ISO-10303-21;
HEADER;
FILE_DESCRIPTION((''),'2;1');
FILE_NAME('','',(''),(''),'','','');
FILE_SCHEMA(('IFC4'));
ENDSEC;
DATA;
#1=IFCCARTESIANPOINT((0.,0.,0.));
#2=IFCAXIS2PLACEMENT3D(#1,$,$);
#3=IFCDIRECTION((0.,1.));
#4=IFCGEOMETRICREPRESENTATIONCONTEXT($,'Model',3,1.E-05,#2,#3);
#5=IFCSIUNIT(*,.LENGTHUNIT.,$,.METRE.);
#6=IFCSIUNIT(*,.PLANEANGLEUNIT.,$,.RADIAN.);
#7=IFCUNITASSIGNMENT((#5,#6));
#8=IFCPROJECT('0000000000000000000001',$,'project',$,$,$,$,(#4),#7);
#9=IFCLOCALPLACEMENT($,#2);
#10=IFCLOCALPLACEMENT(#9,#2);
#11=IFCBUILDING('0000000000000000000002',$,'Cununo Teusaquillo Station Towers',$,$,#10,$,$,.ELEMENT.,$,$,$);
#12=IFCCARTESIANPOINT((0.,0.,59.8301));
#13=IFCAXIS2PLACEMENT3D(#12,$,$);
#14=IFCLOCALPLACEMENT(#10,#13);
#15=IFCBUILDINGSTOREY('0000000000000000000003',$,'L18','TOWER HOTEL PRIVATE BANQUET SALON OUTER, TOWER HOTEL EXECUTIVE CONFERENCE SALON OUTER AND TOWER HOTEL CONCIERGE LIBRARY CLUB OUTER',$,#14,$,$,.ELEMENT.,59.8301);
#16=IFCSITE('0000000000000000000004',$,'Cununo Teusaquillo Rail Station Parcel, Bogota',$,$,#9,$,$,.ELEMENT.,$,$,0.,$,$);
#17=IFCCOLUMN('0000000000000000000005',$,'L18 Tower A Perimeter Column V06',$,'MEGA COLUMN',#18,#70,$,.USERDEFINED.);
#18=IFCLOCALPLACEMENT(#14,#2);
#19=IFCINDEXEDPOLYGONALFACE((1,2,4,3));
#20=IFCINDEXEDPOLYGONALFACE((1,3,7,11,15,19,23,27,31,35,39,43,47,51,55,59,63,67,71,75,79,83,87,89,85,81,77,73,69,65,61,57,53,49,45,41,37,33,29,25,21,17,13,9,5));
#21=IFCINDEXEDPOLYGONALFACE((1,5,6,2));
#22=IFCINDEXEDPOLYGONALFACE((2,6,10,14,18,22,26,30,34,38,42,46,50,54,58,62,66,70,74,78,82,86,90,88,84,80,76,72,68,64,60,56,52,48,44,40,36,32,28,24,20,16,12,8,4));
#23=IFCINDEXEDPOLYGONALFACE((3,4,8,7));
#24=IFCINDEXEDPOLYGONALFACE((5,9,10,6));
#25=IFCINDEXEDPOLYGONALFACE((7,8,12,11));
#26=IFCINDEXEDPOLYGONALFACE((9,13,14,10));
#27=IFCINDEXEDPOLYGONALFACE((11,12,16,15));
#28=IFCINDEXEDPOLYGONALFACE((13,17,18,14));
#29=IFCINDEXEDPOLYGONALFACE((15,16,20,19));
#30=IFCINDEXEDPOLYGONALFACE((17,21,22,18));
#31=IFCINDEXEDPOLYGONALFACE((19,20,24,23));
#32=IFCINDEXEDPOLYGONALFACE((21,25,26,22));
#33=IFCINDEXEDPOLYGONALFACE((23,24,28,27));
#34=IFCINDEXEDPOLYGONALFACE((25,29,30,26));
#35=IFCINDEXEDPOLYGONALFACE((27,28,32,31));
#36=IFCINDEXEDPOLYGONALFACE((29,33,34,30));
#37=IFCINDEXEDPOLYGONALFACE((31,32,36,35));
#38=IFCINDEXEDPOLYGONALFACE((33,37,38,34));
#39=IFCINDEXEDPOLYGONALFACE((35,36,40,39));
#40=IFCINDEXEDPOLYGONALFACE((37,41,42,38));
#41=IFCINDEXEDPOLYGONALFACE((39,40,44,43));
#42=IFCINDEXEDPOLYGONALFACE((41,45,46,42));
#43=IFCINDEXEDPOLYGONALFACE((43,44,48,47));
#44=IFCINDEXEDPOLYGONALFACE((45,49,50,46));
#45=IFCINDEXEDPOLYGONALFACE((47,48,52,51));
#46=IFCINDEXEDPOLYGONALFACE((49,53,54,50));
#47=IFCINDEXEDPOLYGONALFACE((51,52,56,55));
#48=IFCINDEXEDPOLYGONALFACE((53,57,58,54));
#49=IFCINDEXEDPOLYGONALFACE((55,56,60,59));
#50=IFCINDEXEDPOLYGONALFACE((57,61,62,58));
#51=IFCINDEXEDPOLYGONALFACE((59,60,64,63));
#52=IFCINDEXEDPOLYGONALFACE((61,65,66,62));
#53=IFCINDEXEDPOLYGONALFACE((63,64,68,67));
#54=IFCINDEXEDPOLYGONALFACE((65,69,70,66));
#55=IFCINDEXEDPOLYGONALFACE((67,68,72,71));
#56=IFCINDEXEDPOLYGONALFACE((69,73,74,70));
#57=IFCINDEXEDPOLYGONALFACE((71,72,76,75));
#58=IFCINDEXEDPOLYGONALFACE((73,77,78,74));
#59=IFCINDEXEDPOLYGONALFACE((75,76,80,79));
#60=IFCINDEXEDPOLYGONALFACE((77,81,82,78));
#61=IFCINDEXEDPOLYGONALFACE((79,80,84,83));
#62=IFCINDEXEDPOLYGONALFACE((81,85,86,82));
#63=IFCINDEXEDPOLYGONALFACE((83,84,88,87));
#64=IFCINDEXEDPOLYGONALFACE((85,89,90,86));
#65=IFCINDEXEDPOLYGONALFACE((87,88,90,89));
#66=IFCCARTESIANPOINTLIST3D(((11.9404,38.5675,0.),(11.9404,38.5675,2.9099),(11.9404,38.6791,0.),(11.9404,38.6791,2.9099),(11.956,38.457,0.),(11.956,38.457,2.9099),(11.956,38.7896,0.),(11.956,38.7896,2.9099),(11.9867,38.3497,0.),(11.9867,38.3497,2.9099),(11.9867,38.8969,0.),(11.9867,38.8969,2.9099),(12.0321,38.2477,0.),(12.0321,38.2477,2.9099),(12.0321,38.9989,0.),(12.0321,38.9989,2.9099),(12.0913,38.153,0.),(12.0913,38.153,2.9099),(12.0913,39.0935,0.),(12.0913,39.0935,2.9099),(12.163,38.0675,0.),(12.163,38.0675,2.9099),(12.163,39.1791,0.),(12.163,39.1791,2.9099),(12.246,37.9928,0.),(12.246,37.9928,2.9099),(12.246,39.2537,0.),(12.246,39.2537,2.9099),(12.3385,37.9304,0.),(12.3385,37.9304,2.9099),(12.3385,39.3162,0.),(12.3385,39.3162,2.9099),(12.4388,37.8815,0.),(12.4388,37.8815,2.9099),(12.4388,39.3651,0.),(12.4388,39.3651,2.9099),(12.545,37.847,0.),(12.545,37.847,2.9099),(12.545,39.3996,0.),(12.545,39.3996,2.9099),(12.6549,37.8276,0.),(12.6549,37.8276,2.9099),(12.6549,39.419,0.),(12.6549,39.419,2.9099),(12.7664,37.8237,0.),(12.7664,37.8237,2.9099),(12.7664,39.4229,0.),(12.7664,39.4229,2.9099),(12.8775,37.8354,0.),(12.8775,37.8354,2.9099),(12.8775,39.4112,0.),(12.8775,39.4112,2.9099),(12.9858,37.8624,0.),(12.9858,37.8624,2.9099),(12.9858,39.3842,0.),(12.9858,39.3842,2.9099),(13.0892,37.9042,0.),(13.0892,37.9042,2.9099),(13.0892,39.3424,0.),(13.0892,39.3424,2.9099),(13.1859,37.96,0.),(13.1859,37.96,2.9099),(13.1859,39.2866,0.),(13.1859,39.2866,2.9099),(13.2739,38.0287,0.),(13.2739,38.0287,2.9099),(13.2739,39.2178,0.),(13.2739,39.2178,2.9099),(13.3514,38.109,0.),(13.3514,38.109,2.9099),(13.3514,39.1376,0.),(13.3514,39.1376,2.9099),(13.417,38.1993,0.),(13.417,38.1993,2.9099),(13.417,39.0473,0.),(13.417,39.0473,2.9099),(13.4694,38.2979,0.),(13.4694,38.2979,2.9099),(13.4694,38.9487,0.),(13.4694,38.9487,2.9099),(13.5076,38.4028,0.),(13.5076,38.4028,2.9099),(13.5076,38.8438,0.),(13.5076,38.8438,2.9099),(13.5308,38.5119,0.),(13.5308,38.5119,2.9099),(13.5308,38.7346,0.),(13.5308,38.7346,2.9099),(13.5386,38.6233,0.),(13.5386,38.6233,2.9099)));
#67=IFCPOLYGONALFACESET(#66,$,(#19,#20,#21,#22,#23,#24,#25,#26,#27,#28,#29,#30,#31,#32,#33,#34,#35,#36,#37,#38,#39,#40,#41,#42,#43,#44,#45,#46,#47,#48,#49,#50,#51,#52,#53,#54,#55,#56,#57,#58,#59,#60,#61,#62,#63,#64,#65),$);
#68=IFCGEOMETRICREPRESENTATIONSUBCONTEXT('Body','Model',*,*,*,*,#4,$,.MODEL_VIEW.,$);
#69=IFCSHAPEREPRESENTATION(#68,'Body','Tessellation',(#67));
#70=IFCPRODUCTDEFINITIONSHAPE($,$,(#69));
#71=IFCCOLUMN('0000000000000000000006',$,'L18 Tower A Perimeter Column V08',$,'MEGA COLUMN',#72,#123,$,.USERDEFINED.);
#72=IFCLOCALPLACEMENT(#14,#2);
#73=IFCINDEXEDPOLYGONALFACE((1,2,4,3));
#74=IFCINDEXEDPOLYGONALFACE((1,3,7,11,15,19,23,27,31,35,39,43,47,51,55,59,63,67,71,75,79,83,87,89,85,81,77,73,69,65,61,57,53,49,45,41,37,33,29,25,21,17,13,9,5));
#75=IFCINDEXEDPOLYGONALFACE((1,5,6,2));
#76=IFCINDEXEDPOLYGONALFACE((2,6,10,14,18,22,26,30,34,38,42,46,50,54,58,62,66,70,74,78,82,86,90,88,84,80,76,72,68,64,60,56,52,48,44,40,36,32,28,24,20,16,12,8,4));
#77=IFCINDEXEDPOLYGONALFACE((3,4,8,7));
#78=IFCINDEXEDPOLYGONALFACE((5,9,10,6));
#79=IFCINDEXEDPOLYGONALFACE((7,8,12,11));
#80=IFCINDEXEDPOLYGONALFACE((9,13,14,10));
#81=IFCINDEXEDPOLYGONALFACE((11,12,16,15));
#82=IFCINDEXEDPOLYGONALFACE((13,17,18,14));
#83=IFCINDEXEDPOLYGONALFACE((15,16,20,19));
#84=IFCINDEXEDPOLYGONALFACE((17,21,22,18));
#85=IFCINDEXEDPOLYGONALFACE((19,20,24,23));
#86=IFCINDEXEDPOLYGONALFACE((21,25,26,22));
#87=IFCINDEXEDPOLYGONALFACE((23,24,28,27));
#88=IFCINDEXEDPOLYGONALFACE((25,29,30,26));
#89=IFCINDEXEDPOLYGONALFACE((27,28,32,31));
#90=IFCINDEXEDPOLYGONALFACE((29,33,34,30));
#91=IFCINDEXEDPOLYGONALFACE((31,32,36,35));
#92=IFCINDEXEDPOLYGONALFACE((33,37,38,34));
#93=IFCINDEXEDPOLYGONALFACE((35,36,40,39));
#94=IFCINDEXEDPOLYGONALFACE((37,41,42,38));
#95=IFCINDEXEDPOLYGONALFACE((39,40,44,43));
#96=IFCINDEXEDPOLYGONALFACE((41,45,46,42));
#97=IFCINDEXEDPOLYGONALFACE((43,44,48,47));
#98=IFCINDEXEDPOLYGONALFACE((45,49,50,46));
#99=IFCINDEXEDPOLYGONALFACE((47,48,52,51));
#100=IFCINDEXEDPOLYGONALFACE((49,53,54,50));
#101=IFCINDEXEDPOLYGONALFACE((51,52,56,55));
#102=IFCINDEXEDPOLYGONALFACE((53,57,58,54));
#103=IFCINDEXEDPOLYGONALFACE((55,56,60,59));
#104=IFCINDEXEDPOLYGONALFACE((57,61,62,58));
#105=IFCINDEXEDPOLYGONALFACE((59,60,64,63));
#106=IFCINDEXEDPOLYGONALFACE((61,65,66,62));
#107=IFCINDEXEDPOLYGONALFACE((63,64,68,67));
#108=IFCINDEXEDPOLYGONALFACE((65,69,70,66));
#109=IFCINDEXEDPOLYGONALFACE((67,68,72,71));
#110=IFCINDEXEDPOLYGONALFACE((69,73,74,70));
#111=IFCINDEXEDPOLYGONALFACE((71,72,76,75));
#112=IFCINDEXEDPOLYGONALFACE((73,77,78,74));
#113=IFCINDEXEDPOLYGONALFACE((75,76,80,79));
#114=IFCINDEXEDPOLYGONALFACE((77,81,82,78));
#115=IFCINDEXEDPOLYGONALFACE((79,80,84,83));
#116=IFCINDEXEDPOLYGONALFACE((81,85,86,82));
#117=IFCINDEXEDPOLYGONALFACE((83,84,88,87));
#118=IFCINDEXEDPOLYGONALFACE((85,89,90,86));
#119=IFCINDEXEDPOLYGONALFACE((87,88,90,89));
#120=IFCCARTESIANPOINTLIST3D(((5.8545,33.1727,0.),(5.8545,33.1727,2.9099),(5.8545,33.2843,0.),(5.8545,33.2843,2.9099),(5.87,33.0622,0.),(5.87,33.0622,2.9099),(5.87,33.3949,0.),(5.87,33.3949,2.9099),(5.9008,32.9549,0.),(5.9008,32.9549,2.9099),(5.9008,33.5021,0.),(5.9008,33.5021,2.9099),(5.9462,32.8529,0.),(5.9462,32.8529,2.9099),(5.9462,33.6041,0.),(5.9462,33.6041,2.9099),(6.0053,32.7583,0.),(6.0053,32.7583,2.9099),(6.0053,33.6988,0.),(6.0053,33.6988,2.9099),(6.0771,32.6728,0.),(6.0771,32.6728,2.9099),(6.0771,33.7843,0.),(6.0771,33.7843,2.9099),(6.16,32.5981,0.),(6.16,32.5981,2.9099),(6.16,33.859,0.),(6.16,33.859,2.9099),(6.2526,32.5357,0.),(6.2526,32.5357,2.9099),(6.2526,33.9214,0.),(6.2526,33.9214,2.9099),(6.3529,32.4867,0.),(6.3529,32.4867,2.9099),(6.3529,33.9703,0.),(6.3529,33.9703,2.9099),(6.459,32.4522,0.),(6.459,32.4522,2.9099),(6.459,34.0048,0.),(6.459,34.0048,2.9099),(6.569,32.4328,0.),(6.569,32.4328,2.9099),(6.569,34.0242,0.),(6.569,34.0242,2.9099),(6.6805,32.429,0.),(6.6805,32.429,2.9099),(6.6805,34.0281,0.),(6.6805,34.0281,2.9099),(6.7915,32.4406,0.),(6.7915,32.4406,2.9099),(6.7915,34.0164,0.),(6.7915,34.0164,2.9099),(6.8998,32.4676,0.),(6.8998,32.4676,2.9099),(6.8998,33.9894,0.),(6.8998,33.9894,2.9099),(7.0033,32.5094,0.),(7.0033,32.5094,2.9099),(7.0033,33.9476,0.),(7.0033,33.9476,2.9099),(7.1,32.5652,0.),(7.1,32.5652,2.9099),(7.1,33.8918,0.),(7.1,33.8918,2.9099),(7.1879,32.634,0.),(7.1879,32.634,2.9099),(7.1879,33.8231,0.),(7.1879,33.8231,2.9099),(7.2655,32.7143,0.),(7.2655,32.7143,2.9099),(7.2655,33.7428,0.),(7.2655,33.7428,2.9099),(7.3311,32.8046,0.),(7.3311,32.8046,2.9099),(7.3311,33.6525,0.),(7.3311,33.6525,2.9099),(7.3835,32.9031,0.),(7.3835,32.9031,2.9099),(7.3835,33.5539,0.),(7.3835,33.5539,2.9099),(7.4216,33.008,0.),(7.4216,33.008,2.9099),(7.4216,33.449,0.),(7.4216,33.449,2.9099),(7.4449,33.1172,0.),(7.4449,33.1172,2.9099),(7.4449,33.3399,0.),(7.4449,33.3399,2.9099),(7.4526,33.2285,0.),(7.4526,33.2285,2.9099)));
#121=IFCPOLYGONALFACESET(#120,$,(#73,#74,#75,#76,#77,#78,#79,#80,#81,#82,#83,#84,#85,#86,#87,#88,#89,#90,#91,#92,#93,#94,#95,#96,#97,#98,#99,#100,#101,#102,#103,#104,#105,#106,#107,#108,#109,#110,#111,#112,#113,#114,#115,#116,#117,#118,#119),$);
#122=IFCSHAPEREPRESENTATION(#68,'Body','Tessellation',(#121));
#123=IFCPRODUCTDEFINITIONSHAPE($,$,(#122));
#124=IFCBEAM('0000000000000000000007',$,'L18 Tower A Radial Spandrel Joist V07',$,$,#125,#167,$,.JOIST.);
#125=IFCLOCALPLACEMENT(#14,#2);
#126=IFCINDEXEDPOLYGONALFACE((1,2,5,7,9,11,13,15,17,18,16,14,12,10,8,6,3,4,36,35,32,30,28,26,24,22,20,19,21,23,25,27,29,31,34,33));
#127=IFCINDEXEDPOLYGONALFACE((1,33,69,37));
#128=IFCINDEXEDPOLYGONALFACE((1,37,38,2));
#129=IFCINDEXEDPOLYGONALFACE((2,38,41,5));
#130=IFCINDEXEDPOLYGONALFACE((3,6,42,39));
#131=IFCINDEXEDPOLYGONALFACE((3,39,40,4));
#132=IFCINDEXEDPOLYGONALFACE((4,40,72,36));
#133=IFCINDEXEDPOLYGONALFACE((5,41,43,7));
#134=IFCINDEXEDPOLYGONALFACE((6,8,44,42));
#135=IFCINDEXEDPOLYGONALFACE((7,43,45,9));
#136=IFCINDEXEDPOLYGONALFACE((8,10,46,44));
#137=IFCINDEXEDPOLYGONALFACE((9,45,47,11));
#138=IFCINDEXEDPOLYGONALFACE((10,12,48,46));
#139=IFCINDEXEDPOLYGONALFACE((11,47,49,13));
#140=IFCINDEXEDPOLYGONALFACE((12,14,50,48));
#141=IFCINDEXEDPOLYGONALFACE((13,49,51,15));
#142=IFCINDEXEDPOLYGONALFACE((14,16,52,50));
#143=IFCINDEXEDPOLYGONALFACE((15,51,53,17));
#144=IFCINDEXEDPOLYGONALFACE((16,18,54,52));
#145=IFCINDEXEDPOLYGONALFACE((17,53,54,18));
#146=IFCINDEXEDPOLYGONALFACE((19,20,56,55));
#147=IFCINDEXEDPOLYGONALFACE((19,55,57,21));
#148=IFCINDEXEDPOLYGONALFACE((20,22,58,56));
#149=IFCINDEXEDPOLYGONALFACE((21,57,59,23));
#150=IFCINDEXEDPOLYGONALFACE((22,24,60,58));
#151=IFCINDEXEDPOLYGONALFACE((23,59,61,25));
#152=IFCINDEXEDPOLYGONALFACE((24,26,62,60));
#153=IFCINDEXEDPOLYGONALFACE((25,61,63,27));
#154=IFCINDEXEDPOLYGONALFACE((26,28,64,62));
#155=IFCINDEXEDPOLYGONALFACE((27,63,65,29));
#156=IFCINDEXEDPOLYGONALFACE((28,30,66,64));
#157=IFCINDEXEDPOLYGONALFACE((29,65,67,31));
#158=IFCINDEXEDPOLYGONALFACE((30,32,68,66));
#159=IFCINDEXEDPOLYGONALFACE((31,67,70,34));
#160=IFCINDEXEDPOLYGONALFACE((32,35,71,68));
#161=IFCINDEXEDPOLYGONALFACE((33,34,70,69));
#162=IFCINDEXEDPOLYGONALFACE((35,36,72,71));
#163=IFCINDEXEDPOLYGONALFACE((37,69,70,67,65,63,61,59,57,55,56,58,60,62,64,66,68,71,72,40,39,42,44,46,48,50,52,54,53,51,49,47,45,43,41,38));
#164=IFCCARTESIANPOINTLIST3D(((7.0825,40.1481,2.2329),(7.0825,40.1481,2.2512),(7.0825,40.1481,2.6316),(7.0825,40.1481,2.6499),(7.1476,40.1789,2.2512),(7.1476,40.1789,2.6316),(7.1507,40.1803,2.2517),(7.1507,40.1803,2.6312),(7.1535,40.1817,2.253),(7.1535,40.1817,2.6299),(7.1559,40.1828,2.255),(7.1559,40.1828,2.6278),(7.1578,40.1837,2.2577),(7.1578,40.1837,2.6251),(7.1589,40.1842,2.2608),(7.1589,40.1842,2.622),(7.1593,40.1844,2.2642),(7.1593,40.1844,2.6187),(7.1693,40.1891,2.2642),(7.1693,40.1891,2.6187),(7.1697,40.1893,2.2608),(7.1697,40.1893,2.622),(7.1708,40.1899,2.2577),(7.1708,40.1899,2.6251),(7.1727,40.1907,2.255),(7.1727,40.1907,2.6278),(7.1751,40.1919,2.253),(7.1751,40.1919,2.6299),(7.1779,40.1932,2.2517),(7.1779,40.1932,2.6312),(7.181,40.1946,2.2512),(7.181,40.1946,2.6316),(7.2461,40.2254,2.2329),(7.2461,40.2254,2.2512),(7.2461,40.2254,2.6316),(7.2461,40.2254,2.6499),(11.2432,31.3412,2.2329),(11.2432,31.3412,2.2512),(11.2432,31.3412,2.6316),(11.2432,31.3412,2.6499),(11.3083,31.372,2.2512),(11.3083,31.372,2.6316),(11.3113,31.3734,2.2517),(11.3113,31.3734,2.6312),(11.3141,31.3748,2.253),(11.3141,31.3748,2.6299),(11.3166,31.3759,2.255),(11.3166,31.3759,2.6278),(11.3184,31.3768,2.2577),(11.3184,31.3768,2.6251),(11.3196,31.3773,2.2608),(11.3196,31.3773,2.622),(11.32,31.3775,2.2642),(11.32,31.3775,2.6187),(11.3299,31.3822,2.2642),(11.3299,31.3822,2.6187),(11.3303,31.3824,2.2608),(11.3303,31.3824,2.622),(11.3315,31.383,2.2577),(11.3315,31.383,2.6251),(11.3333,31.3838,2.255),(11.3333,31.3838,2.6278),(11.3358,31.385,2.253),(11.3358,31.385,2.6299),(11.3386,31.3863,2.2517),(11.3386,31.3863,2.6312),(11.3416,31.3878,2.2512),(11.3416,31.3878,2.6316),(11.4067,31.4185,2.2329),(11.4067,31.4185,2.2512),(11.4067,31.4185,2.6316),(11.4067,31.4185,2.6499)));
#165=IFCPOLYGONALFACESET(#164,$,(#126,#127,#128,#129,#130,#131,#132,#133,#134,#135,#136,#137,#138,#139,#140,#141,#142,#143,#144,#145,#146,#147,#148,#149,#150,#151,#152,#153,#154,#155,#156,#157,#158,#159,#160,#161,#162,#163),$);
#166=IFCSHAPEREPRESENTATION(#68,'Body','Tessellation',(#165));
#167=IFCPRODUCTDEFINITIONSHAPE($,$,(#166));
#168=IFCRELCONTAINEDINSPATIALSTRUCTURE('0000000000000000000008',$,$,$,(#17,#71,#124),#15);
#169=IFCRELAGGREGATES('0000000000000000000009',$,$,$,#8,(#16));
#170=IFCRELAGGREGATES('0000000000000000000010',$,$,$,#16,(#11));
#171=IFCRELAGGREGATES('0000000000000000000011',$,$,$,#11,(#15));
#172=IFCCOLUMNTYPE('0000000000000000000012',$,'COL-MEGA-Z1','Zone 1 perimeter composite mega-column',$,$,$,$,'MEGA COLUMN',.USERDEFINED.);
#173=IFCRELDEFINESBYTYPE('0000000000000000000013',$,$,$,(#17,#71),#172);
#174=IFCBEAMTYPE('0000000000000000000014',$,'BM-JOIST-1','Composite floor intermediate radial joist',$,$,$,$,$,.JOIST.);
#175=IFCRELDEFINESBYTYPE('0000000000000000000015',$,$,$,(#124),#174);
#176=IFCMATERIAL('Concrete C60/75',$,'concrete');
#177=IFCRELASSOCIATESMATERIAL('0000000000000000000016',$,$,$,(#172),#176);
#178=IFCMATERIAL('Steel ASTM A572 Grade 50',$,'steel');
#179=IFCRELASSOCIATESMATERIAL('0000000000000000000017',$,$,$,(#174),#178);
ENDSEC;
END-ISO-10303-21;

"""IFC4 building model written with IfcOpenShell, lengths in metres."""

from ifc_helpers import new_model, si_unit, direction, frame, origin, origin_2d, place, context, subcontext, project, spatial, circle, i_section, extrude, material, material_profile, profile_set, type_object, element, save


model = new_model("IFC4")

# Units and contexts
model_context = context("Model", 3, precision=1e-05, world=origin(), true_north=direction((0.0, 1.0)))
body_context = subcontext(model_context, "Body", "Model", "MODEL_VIEW")
ifc_project = project(units=[si_unit("LENGTHUNIT", "METRE"), si_unit("PLANEANGLEUNIT", "RADIAN")], contexts=[model_context])

# Site, building, storey
site_placement = place(None, origin())
site = spatial("IfcSite", under=ifc_project, at=site_placement, Name="Cununo Teusaquillo Rail Station Parcel, Bogota", CompositionType="ELEMENT", RefElevation=0.0)
building_placement = place(site_placement, origin())
building = spatial("IfcBuilding", under=site, at=building_placement, Name="Cununo Teusaquillo Station Towers", CompositionType="ELEMENT")
storey_placement = place(building_placement, frame((0.0, 0.0, 59.8301)))
storey = spatial("IfcBuildingStorey", under=building, at=storey_placement, Name="L18", Description="TOWER HOTEL PRIVATE BANQUET SALON OUTER, TOWER HOTEL EXECUTIVE CONFERENCE SALON OUTER AND TOWER HOTEL CONCIERGE LIBRARY CLUB OUTER", CompositionType="ELEMENT", Elevation=59.8301)

# Columns
ifc_material_1 = material(Name="Concrete C60/75", Category="concrete")
ifc_material_profile_1 = material_profile(ifc_material_1, circle(Radius=0.8, at=origin_2d()), Name="RC-CIRC-1600")
ifc_profile_set_1 = profile_set([ifc_material_profile_1], Name="Concrete C60/75")
column_type = type_object("IfcColumnType", Name="COL-MEGA-Z1", Description="Zone 1 perimeter composite mega-column", ElementType="MEGA COLUMN", PredefinedType="USERDEFINED", material=ifc_profile_set_1)
for number, where, z_axis, x_axis, name in (
    (1, (12.7385, 38.6233, 0.0), (0.0, 0.0, 1.0), (1.0, 0.0, 0.0), "L18 Tower A Perimeter Column V06"),
    (2, (6.6526, 33.2285, 0.0), (0.0, 0.0, 1.0), (1.0, 0.0, 0.0), "L18 Tower A Perimeter Column V08"),
):
    element("IfcColumn", number, at=place(storey_placement, frame(where, z_axis=z_axis, x_axis=x_axis)), inside=storey, type_object=column_type, Name=name, ObjectType="MEGA COLUMN", PredefinedType="USERDEFINED", context=body_context, shape_type="SweptSolid", body=[
        extrude(circle(Radius=0.8, at=origin_2d()), origin(), (0.0, 0.0, 1.0), 2.9099),
    ])

# Beam
ifc_material_2 = material(Name="Steel ASTM A572 Grade 50", Category="steel")
ifc_material_profile_2 = material_profile(ifc_material_2, i_section(OverallWidth=0.1809, OverallDepth=0.417, WebThickness=0.011, FlangeThickness=0.0183, FilletRadius=0.0129, at=origin_2d()), Name="W16X57")
ifc_profile_set_2 = profile_set([ifc_material_profile_2], Name="Steel ASTM A572 Grade 50")
beam_type_1 = type_object("IfcBeamType", Name="BM-JOIST-1", Description="Composite floor intermediate radial joist", PredefinedType="JOIST", material=ifc_profile_set_2)
beam_1_placement = place(storey_placement, frame((11.325, 31.3799, 2.4414), z_axis=(-0.427161, 0.904176, 0.0), x_axis=(-0.904176, -0.427161, 0.0)))
element("IfcBeam", 3, at=beam_1_placement, inside=storey, type_object=beam_type_1, Name="L18 Tower A Radial Spandrel Joist V07", PredefinedType="JOIST", context=body_context, shape_type="SweptSolid", body=[
    extrude(i_section(OverallWidth=0.1809, OverallDepth=0.417, WebThickness=0.011, FlangeThickness=0.0183, FilletRadius=0.0129, at=origin_2d()), origin(), (0.0, 0.0, 1.0), 9.7402),
])

save(model, "model.ifc")
